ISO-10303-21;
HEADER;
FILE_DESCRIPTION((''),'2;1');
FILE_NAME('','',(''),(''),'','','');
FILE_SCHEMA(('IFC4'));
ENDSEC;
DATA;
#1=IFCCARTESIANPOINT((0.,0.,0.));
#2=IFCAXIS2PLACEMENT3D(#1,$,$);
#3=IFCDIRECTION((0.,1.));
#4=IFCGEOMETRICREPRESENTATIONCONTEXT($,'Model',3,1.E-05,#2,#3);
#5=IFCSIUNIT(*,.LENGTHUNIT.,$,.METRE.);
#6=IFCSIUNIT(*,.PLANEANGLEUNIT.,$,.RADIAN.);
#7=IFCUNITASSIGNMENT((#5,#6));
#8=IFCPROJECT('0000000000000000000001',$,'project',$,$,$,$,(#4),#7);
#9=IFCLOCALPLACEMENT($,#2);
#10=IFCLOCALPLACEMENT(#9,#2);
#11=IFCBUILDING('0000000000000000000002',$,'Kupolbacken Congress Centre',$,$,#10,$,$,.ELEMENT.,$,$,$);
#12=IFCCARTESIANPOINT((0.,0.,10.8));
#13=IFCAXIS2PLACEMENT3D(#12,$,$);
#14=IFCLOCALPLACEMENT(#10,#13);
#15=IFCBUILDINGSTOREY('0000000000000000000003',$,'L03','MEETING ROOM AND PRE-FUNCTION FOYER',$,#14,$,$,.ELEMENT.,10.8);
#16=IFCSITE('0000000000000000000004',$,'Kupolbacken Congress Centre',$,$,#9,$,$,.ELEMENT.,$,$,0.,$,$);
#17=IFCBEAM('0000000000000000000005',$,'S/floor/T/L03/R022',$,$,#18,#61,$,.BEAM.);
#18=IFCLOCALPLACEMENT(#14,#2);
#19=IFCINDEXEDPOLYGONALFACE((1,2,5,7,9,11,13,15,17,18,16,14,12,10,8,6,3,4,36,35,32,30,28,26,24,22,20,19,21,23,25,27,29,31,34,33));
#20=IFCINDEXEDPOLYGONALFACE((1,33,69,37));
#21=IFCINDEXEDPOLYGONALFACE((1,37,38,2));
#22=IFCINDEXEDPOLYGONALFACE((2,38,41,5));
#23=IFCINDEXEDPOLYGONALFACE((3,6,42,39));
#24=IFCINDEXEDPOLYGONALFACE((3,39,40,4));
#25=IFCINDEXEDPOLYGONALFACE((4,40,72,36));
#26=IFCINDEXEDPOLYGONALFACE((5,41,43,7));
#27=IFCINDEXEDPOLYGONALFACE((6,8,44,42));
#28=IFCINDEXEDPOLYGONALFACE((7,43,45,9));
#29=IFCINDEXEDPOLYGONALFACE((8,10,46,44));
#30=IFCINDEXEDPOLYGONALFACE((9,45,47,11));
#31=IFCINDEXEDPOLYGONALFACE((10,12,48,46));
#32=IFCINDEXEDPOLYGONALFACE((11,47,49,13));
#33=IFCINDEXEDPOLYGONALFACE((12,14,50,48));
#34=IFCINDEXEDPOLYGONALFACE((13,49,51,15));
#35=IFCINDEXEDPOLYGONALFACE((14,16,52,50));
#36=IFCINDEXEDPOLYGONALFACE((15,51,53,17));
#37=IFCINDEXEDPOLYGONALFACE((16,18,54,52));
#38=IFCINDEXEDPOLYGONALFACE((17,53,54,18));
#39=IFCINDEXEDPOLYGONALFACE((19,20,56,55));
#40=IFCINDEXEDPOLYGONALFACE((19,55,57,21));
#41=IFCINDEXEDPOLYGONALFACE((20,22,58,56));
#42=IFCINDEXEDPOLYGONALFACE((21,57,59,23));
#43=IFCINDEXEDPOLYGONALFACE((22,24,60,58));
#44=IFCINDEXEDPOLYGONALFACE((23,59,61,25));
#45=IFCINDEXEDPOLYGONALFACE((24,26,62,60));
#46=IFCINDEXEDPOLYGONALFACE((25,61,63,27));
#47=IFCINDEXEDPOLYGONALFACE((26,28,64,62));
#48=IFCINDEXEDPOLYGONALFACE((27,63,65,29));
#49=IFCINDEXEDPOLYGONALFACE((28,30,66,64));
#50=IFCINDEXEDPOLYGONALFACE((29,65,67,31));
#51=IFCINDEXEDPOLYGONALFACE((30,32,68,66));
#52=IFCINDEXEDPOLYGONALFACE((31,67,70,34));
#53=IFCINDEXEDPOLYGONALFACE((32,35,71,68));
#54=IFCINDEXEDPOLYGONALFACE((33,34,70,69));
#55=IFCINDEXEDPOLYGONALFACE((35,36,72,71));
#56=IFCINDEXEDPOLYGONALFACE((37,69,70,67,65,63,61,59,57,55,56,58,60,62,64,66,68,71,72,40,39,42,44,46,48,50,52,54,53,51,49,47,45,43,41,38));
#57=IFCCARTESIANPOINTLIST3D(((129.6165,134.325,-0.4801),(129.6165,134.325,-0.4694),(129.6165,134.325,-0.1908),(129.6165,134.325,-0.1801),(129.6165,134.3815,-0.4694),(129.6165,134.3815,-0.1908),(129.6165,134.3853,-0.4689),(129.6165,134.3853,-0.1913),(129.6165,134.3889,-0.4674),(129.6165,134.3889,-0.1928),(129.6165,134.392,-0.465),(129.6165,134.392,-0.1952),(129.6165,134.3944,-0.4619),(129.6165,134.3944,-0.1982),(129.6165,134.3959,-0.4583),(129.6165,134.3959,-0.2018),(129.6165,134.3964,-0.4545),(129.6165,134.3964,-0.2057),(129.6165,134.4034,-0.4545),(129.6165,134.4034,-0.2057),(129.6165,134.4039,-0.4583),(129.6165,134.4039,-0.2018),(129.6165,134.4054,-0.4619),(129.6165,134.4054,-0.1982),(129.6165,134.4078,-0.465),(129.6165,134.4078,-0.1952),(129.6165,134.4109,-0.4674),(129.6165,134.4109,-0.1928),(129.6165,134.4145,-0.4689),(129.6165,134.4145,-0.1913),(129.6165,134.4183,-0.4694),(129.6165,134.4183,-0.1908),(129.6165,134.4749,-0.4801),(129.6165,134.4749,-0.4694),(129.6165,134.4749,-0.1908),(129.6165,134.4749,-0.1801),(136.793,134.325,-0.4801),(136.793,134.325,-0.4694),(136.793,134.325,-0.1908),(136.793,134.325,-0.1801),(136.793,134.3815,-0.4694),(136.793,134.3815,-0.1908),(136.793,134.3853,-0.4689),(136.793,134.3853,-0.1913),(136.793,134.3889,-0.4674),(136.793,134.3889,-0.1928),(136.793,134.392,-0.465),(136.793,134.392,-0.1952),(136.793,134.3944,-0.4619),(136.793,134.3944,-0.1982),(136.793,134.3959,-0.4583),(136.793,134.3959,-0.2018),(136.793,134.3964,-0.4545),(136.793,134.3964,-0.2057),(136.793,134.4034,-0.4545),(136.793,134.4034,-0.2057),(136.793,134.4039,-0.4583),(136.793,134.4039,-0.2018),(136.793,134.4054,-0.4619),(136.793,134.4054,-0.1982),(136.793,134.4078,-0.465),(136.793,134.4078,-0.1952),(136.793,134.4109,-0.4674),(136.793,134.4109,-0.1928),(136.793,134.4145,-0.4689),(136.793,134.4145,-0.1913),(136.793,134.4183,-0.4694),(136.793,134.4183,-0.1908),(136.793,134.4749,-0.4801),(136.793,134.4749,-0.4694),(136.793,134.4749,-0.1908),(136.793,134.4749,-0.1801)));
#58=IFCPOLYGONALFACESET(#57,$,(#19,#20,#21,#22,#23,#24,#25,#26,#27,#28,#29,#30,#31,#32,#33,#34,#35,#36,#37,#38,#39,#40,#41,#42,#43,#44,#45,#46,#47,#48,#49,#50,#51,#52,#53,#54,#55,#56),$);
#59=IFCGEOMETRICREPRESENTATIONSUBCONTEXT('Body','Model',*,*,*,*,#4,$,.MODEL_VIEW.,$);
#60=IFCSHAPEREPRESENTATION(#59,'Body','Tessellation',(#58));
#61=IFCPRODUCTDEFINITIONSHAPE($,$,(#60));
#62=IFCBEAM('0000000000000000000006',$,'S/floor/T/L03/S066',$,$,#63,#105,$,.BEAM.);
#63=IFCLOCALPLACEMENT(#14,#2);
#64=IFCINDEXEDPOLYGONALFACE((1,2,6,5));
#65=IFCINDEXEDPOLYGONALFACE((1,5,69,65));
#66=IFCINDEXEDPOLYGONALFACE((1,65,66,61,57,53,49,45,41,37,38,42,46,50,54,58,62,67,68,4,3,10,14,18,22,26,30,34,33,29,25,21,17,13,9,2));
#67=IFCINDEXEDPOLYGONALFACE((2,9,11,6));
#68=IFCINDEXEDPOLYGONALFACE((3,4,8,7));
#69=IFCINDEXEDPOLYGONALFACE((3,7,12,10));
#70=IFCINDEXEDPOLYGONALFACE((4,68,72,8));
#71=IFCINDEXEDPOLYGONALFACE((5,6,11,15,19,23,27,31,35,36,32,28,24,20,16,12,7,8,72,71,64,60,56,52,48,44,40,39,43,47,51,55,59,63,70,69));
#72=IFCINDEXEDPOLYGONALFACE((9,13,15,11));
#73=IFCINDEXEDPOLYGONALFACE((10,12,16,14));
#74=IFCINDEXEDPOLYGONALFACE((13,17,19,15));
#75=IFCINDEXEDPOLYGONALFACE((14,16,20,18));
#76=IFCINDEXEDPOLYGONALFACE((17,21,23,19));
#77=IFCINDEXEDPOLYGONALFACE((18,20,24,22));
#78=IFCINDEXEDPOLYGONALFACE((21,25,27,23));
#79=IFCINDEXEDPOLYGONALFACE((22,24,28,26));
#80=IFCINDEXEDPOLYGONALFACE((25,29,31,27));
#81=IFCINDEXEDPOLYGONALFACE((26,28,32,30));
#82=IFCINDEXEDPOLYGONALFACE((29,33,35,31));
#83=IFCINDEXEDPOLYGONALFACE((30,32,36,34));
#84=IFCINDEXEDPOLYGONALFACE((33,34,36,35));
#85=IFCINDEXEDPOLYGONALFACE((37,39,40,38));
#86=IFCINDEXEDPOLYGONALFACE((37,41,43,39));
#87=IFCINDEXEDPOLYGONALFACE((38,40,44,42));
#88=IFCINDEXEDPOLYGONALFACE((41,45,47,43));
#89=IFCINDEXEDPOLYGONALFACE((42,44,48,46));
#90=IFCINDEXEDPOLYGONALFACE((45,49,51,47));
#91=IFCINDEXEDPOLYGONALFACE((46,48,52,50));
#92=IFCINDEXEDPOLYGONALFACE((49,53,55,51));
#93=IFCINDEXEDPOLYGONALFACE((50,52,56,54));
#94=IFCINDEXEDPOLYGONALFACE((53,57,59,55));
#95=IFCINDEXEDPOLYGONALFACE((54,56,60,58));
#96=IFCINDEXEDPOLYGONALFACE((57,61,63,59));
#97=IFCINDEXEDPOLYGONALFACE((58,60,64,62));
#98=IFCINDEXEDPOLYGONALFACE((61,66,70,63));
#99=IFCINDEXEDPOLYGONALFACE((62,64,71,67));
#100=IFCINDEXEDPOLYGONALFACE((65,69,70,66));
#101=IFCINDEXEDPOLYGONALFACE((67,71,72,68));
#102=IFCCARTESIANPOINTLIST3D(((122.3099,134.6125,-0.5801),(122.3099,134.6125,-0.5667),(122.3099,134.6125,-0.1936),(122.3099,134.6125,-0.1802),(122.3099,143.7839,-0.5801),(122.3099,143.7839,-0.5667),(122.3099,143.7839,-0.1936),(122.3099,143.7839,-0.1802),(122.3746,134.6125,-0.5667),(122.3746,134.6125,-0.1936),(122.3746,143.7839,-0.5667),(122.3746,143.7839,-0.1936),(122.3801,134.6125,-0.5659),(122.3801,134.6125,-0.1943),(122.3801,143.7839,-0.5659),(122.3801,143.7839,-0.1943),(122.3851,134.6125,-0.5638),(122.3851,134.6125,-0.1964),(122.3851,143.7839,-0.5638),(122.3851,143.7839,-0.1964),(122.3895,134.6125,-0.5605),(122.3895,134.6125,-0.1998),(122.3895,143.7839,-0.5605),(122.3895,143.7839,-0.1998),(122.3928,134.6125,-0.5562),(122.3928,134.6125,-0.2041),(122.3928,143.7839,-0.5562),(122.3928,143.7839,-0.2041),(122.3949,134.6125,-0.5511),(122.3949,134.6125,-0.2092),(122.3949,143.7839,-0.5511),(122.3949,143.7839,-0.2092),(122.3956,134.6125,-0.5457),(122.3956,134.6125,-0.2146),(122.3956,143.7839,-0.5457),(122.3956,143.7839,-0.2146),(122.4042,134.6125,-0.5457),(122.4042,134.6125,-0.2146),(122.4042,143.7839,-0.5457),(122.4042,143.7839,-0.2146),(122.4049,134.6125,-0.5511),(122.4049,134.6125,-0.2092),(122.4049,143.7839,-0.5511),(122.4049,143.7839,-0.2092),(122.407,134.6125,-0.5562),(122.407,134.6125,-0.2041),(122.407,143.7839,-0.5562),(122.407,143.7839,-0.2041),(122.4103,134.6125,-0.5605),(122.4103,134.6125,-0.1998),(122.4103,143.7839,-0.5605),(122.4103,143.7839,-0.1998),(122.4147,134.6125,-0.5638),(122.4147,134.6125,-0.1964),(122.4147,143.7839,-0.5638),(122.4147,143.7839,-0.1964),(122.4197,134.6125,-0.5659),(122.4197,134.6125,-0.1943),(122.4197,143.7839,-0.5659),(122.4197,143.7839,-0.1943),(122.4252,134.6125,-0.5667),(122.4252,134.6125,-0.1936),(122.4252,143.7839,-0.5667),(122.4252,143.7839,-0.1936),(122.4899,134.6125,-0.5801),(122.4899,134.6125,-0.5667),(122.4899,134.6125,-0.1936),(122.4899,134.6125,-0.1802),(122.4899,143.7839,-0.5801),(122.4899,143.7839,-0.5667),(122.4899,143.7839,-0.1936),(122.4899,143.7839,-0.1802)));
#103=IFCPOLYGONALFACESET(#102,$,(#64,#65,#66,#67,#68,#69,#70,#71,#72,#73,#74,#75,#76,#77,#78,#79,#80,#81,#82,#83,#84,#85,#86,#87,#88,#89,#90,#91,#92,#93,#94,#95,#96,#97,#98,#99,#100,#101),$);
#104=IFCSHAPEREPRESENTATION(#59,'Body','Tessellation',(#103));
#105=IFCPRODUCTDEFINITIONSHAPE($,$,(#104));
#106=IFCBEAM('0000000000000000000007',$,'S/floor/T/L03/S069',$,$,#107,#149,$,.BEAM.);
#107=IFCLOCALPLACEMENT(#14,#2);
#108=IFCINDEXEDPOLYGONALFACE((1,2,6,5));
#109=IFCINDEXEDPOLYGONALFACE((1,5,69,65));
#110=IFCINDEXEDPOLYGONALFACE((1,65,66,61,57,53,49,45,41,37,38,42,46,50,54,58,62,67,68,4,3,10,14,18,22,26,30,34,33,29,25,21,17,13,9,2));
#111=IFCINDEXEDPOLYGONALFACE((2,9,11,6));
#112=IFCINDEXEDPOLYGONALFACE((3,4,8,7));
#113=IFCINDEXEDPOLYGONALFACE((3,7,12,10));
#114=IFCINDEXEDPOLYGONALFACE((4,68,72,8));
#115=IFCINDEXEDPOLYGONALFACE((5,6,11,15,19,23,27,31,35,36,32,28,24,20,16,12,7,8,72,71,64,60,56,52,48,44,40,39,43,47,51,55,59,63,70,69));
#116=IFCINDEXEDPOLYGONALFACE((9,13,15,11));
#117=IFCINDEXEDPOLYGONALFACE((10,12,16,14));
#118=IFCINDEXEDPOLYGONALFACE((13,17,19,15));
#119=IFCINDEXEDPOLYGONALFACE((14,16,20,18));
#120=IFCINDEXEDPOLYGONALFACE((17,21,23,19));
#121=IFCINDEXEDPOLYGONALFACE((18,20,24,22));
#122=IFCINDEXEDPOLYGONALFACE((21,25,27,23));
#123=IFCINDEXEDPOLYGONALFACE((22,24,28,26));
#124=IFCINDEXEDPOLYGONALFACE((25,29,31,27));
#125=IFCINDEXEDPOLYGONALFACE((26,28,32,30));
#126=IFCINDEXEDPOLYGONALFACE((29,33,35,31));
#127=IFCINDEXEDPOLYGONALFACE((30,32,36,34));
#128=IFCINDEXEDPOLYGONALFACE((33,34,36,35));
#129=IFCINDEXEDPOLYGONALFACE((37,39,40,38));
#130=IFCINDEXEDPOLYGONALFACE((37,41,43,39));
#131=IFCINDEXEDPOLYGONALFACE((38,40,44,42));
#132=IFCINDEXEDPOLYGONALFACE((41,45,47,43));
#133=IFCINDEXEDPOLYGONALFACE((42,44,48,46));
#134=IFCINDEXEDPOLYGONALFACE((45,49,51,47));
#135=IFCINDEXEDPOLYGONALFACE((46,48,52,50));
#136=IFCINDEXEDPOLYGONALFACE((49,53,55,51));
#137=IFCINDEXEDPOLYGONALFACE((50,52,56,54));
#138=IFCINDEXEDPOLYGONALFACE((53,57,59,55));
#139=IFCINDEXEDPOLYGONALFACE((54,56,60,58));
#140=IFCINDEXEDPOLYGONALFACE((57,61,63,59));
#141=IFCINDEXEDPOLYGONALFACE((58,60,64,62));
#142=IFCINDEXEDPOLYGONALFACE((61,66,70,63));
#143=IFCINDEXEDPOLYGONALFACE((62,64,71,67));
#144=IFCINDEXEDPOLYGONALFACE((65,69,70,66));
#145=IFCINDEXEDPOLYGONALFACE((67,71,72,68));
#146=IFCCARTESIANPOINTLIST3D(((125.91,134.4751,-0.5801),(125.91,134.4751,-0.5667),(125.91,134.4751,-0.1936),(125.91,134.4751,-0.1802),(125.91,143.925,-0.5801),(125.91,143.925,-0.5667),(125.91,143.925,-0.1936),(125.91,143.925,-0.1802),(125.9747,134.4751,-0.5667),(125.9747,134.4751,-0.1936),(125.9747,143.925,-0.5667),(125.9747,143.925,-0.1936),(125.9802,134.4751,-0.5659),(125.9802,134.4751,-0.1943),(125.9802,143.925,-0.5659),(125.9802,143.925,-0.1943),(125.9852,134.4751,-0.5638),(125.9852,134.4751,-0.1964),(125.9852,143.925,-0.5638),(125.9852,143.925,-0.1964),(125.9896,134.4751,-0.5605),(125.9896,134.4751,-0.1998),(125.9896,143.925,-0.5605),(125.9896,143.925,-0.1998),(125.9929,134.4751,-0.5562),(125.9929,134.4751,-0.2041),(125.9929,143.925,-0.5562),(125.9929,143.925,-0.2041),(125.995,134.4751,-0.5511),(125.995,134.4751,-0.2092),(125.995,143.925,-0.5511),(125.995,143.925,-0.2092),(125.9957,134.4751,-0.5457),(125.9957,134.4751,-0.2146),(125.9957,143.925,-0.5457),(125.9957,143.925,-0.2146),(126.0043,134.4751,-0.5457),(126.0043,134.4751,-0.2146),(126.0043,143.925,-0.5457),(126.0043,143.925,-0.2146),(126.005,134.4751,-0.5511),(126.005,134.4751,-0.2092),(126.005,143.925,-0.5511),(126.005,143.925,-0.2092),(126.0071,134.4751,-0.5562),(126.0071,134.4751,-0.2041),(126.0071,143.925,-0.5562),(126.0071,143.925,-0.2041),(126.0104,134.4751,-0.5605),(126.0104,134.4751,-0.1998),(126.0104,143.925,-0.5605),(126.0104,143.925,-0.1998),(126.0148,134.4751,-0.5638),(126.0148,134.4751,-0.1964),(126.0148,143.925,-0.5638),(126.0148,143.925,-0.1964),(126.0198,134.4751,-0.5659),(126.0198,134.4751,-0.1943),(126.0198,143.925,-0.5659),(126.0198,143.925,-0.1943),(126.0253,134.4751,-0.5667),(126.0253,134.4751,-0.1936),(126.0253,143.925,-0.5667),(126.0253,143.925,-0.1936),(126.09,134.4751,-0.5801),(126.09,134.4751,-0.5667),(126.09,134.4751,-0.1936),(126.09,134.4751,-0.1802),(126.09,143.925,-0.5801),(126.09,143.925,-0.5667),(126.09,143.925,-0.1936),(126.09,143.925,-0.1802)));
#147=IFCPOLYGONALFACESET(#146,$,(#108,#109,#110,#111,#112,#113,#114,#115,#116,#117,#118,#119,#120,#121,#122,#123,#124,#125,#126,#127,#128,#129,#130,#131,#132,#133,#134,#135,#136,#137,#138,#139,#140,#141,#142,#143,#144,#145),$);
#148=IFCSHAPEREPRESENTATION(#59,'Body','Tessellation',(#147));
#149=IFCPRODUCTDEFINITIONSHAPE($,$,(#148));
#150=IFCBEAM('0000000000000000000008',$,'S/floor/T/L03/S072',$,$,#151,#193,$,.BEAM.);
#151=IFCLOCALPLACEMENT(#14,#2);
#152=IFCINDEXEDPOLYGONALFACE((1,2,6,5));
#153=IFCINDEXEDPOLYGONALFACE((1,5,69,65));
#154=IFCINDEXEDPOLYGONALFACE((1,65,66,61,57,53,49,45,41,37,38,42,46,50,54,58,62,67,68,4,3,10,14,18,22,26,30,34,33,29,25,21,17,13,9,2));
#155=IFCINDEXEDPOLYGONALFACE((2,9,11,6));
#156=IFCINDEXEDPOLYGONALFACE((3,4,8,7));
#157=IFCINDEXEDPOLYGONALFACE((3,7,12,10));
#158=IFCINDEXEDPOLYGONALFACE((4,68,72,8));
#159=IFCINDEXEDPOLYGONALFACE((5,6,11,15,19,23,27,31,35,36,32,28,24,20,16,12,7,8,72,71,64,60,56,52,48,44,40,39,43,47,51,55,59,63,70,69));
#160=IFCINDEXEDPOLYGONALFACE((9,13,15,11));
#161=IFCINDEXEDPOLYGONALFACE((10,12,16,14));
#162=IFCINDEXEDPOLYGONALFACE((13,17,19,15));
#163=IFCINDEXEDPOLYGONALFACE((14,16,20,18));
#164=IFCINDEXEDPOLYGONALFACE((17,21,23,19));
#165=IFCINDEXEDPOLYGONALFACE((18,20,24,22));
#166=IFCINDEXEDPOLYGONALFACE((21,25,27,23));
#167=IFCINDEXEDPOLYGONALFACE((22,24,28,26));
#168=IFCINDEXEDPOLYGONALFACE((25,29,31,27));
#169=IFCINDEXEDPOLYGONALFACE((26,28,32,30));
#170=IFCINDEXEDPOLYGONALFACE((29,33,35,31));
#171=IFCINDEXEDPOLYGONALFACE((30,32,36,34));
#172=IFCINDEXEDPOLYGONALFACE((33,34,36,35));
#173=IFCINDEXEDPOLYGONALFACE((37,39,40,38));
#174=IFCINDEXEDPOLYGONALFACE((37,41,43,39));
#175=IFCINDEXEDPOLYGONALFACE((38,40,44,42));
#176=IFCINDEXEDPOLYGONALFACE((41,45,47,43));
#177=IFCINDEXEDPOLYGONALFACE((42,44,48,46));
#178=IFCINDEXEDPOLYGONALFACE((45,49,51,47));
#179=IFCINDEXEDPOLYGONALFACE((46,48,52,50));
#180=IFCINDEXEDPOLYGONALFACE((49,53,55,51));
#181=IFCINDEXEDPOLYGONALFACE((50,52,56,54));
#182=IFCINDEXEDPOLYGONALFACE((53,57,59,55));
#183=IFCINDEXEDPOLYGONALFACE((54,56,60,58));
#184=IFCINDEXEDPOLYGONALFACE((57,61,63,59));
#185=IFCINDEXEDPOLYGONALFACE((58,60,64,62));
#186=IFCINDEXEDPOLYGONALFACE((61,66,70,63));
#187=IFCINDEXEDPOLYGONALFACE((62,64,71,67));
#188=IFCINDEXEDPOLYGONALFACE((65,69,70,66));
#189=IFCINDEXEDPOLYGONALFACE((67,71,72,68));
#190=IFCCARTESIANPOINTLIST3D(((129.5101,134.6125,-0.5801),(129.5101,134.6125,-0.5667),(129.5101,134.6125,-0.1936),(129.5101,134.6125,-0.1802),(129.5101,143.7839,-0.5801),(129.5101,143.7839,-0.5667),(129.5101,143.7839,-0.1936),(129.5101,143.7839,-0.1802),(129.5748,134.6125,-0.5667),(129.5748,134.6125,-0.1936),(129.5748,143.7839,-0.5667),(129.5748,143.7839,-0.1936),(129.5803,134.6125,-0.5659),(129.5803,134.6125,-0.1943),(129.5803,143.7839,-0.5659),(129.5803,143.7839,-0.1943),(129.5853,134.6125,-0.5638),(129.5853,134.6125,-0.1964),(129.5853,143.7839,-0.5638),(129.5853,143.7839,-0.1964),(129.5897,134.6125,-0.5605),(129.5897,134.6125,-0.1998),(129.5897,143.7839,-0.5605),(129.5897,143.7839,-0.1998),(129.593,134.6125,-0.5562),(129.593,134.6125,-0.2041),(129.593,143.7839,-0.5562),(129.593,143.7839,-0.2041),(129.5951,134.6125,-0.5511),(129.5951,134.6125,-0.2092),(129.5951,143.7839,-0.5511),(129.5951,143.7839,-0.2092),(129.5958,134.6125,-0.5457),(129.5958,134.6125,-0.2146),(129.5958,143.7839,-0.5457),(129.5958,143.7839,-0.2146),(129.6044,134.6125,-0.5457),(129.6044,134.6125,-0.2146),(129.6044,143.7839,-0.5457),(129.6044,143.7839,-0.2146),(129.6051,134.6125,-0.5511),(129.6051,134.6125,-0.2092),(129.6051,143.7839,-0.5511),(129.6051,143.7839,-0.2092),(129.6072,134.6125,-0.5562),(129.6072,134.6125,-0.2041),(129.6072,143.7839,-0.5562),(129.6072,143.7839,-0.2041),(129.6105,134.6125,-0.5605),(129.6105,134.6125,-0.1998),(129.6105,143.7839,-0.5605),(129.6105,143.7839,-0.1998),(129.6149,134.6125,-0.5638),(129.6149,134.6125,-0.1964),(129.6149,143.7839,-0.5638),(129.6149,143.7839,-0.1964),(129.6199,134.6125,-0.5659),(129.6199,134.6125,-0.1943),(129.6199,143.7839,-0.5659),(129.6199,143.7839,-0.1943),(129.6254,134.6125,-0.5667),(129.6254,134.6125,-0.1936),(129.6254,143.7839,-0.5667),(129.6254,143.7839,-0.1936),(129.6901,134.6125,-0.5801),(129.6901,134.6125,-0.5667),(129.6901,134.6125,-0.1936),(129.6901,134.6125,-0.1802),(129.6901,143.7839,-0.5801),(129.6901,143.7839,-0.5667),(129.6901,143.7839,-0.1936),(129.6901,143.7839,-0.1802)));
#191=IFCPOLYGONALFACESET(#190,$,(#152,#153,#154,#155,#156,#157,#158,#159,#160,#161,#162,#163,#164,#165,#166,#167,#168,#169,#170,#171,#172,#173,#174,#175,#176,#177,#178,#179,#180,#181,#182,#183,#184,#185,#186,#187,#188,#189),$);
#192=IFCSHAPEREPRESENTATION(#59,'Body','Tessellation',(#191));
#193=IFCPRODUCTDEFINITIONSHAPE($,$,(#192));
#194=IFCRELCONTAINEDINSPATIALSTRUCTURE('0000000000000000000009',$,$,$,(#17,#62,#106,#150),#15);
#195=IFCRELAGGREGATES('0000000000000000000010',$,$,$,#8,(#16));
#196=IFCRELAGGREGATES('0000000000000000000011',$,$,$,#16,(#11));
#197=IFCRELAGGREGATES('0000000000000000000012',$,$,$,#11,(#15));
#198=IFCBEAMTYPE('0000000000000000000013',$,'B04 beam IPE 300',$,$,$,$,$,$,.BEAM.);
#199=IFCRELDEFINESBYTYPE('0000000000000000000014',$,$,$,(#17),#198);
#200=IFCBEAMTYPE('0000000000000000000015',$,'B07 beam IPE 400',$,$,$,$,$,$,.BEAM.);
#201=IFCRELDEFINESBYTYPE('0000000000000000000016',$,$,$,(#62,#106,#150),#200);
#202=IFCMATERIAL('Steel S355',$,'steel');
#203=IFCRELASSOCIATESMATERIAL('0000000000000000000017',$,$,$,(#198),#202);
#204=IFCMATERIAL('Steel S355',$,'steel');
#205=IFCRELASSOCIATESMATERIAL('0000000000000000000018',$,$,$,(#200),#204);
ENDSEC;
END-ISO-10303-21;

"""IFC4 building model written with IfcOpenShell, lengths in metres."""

from ifc_helpers import new_model, si_unit, direction, frame, origin, origin_2d, place, context, subcontext, project, spatial, i_section, extrude, material, material_profile, profile_set, type_object, element, save


model = new_model("IFC4")

# Units and contexts
model_context = context("Model", 3, precision=1e-05, world=origin(), true_north=direction((0.0, 1.0)))
body_context = subcontext(model_context, "Body", "Model", "MODEL_VIEW")
ifc_project = project(units=[si_unit("LENGTHUNIT", "METRE"), si_unit("PLANEANGLEUNIT", "RADIAN")], contexts=[model_context])

# Site, building, storey
site_placement = place(None, origin())
site = spatial("IfcSite", under=ifc_project, at=site_placement, Name="Kupolbacken Congress Centre", CompositionType="ELEMENT", RefElevation=0.0)
building_placement = place(site_placement, origin())
building = spatial("IfcBuilding", under=site, at=building_placement, Name="Kupolbacken Congress Centre", CompositionType="ELEMENT")
storey_placement = place(building_placement, frame((0.0, 0.0, 10.8)))
storey = spatial("IfcBuildingStorey", under=building, at=storey_placement, Name="L03", Description="MEETING ROOM AND PRE-FUNCTION FOYER", CompositionType="ELEMENT", Elevation=10.8)

# Beams
ifc_material_1 = material(Name="Steel S355", Category="steel")
ifc_material_profile_1 = material_profile(ifc_material_1, i_section(OverallWidth=0.1499, OverallDepth=0.3, WebThickness=0.0071, FlangeThickness=0.0107, FilletRadius=0.0149, at=origin_2d()), Name="IPE 300")
ifc_profile_set_1 = profile_set([ifc_material_profile_1], Name="Steel S355")
beam_type_1 = type_object("IfcBeamType", Name="B04 beam IPE 300", PredefinedType="BEAM", material=ifc_profile_set_1)
beam_1_placement = place(storey_placement, frame((129.6165, 134.3999, -0.3301), z_axis=(1.0, 0.0, 0.0), x_axis=(0.0, 1.0, 0.0)))
element("IfcBeam", 1, at=beam_1_placement, inside=storey, type_object=beam_type_1, Name="S/floor/T/L03/R022", PredefinedType="BEAM", context=body_context, shape_type="SweptSolid", body=[
    extrude(i_section(OverallWidth=0.1499, OverallDepth=0.3, WebThickness=0.0071, FlangeThickness=0.0107, FilletRadius=0.0149, at=origin_2d()), origin(), (0.0, 0.0, 1.0), 7.1765),
])
ifc_material_2 = material(Name="Steel S355", Category="steel")
ifc_material_profile_2 = material_profile(ifc_material_2, i_section(OverallWidth=0.1799, OverallDepth=0.3999, WebThickness=0.0085, FlangeThickness=0.0134, FilletRadius=0.021, at=origin_2d()), Name="IPE 400")
ifc_profile_set_2 = profile_set([ifc_material_profile_2], Name="Steel S355")
beam_type_2 = type_object("IfcBeamType", Name="B07 beam IPE 400", PredefinedType="BEAM", material=ifc_profile_set_2)
beam_2_placement = place(storey_placement, frame((122.3999, 134.6125, -0.3801), z_axis=(0.0, 1.0, 0.0), x_axis=(-1.0, 0.0, 0.0)))
element("IfcBeam", 2, at=beam_2_placement, inside=storey, type_object=beam_type_2, Name="S/floor/T/L03/S066", PredefinedType="BEAM", context=body_context, shape_type="SweptSolid", body=[
    extrude(i_section(OverallWidth=0.1799, OverallDepth=0.3999, WebThickness=0.0085, FlangeThickness=0.0134, FilletRadius=0.021, at=origin_2d()), origin(), (0.0, 0.0, 1.0), 9.1714),
])
beam_3_placement = place(storey_placement, frame((126.0, 134.4751, -0.3801), z_axis=(0.0, 1.0, 0.0), x_axis=(-1.0, 0.0, 0.0)))
element("IfcBeam", 3, at=beam_3_placement, inside=storey, type_object=beam_type_2, Name="S/floor/T/L03/S069", PredefinedType="BEAM", context=body_context, shape_type="SweptSolid", body=[
    extrude(i_section(OverallWidth=0.1799, OverallDepth=0.3999, WebThickness=0.0085, FlangeThickness=0.0134, FilletRadius=0.021, at=origin_2d()), origin(), (0.0, 0.0, 1.0), 9.45),
])
beam_4_placement = place(storey_placement, frame((129.6001, 134.6125, -0.3801), z_axis=(0.0, 1.0, 0.0), x_axis=(-1.0, 0.0, 0.0)))
element("IfcBeam", 4, at=beam_4_placement, inside=storey, type_object=beam_type_2, Name="S/floor/T/L03/S072", PredefinedType="BEAM", context=body_context, shape_type="SweptSolid", body=[
    extrude(i_section(OverallWidth=0.1799, OverallDepth=0.3999, WebThickness=0.0085, FlangeThickness=0.0134, FilletRadius=0.021, at=origin_2d()), origin(), (0.0, 0.0, 1.0), 9.1714),
])

save(model, "model.ifc")
